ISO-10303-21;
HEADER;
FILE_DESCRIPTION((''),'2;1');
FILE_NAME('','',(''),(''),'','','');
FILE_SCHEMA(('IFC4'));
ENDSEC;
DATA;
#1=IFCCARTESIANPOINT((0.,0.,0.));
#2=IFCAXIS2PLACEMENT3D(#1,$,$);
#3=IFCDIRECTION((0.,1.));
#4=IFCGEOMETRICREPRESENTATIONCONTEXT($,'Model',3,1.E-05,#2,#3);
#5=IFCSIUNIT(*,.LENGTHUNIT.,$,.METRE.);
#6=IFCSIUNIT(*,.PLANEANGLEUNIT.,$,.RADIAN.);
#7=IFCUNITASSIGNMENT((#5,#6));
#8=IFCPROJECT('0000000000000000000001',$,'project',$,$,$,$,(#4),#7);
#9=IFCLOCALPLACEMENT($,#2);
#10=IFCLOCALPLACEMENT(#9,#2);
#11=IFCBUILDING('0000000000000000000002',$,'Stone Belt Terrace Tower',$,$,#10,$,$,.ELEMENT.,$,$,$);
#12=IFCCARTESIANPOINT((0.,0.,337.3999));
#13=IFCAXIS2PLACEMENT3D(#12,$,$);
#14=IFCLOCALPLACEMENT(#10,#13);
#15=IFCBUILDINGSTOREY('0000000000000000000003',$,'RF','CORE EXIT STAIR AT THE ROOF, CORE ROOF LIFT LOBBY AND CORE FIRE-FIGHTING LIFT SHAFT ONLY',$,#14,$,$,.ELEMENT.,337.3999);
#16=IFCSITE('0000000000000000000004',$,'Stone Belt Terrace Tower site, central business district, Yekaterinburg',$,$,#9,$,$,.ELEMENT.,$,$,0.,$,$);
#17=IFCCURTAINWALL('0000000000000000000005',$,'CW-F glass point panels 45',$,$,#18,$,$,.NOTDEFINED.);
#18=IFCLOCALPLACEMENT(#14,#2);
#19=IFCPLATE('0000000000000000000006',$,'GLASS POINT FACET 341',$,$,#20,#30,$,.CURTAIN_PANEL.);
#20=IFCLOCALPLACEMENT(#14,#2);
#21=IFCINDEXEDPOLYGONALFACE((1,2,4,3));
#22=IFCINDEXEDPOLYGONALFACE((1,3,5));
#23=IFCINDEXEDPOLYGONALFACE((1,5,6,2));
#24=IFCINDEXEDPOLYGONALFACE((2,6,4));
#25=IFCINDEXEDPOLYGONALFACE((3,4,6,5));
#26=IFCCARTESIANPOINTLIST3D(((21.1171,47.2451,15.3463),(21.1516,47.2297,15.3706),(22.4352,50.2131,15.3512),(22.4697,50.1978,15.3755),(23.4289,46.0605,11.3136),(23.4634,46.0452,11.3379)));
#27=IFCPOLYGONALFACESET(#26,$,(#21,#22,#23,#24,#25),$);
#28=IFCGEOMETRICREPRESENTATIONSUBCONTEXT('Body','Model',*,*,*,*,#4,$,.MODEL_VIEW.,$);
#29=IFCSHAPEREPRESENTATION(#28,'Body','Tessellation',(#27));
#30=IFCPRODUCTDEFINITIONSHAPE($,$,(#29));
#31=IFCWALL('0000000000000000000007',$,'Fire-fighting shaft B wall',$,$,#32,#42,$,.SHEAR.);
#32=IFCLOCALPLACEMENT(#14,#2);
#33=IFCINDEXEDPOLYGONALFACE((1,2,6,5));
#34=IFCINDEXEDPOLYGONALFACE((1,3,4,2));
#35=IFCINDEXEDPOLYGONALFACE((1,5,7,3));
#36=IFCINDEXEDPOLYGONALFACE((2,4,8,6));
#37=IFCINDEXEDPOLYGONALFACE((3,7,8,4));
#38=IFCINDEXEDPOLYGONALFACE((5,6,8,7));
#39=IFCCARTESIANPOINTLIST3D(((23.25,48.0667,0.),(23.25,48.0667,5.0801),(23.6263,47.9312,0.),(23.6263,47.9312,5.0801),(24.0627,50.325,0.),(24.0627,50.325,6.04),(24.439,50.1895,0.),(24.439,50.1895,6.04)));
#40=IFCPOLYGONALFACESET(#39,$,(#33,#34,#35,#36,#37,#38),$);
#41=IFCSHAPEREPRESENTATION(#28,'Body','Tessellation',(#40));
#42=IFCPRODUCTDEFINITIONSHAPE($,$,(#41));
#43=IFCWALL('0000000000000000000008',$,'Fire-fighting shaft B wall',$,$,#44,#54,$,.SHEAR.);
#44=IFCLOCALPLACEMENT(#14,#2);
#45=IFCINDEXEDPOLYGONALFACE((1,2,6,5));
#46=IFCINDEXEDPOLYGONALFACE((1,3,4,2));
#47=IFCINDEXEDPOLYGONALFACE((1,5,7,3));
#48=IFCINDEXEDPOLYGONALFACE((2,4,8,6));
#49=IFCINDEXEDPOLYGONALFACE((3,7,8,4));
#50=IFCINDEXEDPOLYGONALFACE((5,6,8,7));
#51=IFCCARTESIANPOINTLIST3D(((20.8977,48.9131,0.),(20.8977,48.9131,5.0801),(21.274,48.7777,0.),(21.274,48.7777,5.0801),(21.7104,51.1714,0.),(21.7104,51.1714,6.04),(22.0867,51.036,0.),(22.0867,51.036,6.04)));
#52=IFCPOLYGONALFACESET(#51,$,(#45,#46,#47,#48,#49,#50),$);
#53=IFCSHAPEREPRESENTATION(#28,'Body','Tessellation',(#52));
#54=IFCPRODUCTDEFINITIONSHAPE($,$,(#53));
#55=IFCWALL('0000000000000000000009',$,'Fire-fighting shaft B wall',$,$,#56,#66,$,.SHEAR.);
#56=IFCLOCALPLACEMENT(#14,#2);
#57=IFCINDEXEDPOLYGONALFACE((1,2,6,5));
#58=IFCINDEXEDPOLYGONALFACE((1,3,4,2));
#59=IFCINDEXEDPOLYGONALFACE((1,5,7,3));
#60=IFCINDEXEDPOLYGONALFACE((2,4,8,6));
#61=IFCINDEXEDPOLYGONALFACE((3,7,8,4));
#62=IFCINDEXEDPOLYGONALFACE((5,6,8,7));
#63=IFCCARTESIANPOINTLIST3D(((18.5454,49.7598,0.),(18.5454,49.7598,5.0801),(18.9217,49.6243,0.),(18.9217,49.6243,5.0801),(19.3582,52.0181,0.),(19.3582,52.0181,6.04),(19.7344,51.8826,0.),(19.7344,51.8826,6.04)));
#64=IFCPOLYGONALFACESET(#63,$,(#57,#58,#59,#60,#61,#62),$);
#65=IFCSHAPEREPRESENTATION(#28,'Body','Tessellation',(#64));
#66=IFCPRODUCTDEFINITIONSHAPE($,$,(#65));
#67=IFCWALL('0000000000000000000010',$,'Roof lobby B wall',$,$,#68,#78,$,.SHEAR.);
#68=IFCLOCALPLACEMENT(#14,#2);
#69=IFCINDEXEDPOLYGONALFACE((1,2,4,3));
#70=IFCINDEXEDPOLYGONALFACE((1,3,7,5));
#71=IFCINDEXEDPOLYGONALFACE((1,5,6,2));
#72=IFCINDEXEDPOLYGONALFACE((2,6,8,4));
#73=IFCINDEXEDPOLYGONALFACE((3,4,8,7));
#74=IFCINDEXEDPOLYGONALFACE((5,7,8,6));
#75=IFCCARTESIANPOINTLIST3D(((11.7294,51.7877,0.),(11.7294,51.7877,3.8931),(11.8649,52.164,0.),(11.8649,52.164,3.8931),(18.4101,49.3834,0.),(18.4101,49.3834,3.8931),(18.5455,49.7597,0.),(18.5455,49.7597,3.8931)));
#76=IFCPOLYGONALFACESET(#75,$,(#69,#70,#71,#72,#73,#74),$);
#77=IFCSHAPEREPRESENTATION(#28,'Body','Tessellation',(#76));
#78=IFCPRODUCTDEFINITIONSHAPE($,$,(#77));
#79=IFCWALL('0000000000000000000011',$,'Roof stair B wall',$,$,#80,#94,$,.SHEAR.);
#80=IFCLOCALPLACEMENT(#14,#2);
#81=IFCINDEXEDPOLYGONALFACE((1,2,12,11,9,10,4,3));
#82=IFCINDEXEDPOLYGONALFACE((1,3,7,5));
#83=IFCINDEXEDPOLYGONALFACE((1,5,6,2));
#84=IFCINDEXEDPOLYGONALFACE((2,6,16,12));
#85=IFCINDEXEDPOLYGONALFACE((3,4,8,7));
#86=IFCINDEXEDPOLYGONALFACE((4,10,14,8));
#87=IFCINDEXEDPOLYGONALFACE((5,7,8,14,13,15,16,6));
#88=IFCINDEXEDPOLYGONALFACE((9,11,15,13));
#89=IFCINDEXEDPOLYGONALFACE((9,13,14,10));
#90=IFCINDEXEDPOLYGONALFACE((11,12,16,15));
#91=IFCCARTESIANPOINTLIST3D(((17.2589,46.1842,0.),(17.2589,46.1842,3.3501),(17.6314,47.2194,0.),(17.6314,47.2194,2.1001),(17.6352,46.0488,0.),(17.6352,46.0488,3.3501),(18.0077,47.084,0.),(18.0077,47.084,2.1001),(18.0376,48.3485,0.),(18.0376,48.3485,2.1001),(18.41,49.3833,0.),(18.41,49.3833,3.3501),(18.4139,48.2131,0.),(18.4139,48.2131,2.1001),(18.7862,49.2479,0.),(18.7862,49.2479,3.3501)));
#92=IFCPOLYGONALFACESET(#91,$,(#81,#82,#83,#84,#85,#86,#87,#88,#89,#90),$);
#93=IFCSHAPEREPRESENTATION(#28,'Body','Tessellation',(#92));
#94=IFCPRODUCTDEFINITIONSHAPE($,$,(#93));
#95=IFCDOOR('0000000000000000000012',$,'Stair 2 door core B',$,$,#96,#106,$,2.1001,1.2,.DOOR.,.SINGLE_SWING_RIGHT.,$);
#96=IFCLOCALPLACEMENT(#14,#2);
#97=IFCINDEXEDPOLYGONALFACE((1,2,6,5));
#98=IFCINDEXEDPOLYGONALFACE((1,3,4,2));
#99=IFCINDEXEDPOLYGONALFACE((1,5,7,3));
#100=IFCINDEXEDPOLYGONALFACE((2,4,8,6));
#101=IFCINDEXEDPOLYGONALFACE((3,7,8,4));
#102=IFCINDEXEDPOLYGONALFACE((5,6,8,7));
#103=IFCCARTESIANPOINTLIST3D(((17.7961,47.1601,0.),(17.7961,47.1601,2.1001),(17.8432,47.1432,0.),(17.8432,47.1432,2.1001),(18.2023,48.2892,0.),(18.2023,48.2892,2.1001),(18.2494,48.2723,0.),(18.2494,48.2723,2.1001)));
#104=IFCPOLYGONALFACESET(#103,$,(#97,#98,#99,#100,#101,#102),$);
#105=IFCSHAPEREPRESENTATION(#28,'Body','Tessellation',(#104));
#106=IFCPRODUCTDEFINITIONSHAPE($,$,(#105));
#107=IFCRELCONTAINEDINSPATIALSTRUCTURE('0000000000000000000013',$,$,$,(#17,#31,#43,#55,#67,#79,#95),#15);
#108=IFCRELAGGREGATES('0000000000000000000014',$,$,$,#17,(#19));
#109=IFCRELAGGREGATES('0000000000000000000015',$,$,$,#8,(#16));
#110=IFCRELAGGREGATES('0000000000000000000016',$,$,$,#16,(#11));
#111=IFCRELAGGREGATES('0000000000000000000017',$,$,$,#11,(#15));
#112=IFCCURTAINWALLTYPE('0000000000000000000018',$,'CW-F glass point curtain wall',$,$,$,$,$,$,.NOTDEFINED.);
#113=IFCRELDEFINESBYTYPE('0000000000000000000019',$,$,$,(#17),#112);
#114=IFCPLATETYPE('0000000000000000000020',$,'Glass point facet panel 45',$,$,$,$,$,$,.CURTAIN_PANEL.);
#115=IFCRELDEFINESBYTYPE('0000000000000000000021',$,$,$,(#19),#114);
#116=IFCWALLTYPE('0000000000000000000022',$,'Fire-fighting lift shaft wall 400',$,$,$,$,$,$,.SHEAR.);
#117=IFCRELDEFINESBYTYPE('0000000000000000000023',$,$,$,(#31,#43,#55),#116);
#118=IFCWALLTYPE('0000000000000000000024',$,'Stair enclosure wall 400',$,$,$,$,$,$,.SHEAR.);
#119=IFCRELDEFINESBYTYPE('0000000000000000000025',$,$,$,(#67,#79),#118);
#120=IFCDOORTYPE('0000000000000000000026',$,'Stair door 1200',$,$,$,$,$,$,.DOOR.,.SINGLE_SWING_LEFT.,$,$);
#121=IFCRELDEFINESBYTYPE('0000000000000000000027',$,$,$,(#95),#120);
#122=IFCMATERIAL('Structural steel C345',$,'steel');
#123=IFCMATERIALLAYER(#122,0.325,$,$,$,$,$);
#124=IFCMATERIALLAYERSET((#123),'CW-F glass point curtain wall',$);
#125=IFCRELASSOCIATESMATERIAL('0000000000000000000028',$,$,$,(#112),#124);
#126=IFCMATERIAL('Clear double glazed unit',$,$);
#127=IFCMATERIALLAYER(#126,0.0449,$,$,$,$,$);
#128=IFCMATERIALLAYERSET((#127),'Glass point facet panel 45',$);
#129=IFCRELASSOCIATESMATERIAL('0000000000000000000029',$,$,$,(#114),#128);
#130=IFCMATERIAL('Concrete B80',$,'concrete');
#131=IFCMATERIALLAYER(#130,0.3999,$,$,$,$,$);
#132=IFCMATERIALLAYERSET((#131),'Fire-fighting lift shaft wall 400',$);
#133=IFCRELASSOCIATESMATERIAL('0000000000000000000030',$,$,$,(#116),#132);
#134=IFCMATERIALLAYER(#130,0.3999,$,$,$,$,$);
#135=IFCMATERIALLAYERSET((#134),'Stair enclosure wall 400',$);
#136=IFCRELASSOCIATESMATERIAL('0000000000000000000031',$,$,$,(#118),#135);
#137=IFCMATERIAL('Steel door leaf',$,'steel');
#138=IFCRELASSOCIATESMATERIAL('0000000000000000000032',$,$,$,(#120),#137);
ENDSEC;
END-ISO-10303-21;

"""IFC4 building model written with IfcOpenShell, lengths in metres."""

from ifc_helpers import new_model, si_unit, direction, frame, frame_2d, origin, place, context, subcontext, project, spatial, polyline, rectangle, outline, extrude, material, layer, layer_set, type_object, element, fill, aggregate, save


model = new_model("IFC4")

# Units and contexts
model_context = context("Model", 3, precision=1e-05, world=origin(), true_north=direction((0.0, 1.0)))
body_context = subcontext(model_context, "Body", "Model", "MODEL_VIEW")
ifc_project = project(units=[si_unit("LENGTHUNIT", "METRE"), si_unit("PLANEANGLEUNIT", "RADIAN")], contexts=[model_context])

# Site, building, storey
site_placement = place(None, origin())
site = spatial("IfcSite", under=ifc_project, at=site_placement, Name="Stone Belt Terrace Tower site, central business district, Yekaterinburg", CompositionType="ELEMENT", RefElevation=0.0)
building_placement = place(site_placement, origin())
building = spatial("IfcBuilding", under=site, at=building_placement, Name="Stone Belt Terrace Tower", CompositionType="ELEMENT")
storey_placement = place(building_placement, frame((0.0, 0.0, 337.3999)))
storey = spatial("IfcBuildingStorey", under=building, at=storey_placement, Name="RF", Description="CORE EXIT STAIR AT THE ROOF, CORE ROOF LIFT LOBBY AND CORE FIRE-FIGHTING LIFT SHAFT ONLY", CompositionType="ELEMENT", Elevation=337.3999)

# Shared definitions
ifc_material_1 = material(Name="Structural steel C345", Category="steel")

# Curtain wall
ifc_layer_1 = layer(ifc_material_1, 0.325)
ifc_layer_set_1 = layer_set([ifc_layer_1], Name="CW-F glass point curtain wall")
curtain_wall_type = type_object("IfcCurtainWallType", Name="CW-F glass point curtain wall", PredefinedType="NOTDEFINED", material=ifc_layer_set_1)
ifc_material_2 = material(Name="Clear double glazed unit")
ifc_layer_2 = layer(ifc_material_2, 0.0449)
ifc_layer_set_2 = layer_set([ifc_layer_2], Name="Glass point facet panel 45")
plate_type = type_object("IfcPlateType", Name="Glass point facet panel 45", PredefinedType="CURTAIN_PANEL", material=ifc_layer_set_2)
curtain_wall_1_placement = place(storey_placement, origin())
curtain_wall_1 = element("IfcCurtainWall", 1, at=curtain_wall_1_placement, inside=storey, type_object=curtain_wall_type, Name="CW-F glass point panels 45", PredefinedType="NOTDEFINED")

# Plate
plate_1_placement = place(storey_placement, frame((22.4697, 50.1978, 15.3755), z_axis=(0.768336, -0.342113, 0.540943), x_axis=(0.169088, -0.70664, -0.687073)))
plate_1 = element("IfcPlate", 2, at=plate_1_placement, type_object=plate_type, Name="GLASS POINT FACET 341", PredefinedType="CURTAIN_PANEL", context=body_context, shape_type="SweptSolid", body=[
    extrude(outline(polyline([(0.0, 0.0), (5.8765, 0.0), (1.8778, -2.6496), (0.0, 0.0)])), origin(), (0.0, 0.0, -1.0), 0.0449),
])
aggregate(curtain_wall_1, [plate_1])

# Walls
ifc_material_3 = material(Name="Concrete B80", Category="concrete")
ifc_layer_3 = layer(ifc_material_3, 0.3999)
ifc_layer_set_3 = layer_set([ifc_layer_3], Name="Fire-fighting lift shaft wall 400")
wall_type_1 = type_object("IfcWallType", Name="Fire-fighting lift shaft wall 400", PredefinedType="SHEAR", material=ifc_layer_set_3)
for number, where, z_axis, x_axis, name in (
    (3, (23.25, 48.0667, 5.0801), (-0.94092, 0.338629, 0.0), (0.314413, 0.873632, 0.371364), "Fire-fighting shaft B wall"),
    (4, (20.8977, 48.9131, 5.0801), (-0.94092, 0.338629, 0.0), (0.314413, 0.873632, 0.371364), "Fire-fighting shaft B wall"),
    (5, (18.5454, 49.7598, 5.0801), (-0.94092, 0.338629, 0.0), (0.314413, 0.873632, 0.371364), "Fire-fighting shaft B wall"),
):
    element("IfcWall", number, at=place(storey_placement, frame(where, z_axis=z_axis, x_axis=x_axis)), inside=storey, type_object=wall_type_1, Name=name, PredefinedType="SHEAR", context=body_context, shape_type="SweptSolid", body=[
        extrude(outline(polyline([(0.0, 0.0), (2.585, 0.0), (0.3419, 5.6081), (-1.8866, 4.7168), (0.0, 0.0)])), origin(), (0.0, 0.0, -1.0), 0.3999),
    ])
ifc_layer_4 = layer(ifc_material_3, 0.3999)
ifc_layer_set_4 = layer_set([ifc_layer_4], Name="Stair enclosure wall 400")
wall_type_2 = type_object("IfcWallType", Name="Stair enclosure wall 400", PredefinedType="SHEAR", material=ifc_layer_set_4)
wall_1_placement = place(storey_placement, frame((18.4778, 49.5715, 0.0), z_axis=(0.0, 0.0, 1.0), x_axis=(-0.940921, 0.338627, 0.0)))
element("IfcWall", 6, at=wall_1_placement, inside=storey, type_object=wall_type_2, Name="Roof lobby B wall", PredefinedType="SHEAR", context=body_context, shape_type="SweptSolid", body=[
    extrude(rectangle(XDim=7.1001, YDim=0.3999, at=frame_2d((3.55, 0.0))), origin(), (0.0, 0.0, 1.0), 3.8931),
])

# Wall, opening, door
wall_2_placement = place(storey_placement, frame((17.447, 46.1165, 0.0), z_axis=(0.0, 0.0, 1.0), x_axis=(0.338564, 0.940943, 0.0)))
wall_2 = element("IfcWall", 7, at=wall_2_placement, inside=storey, type_object=wall_type_2, Name="Roof stair B wall", PredefinedType="SHEAR", context=body_context, shape_type="SweptSolid", body=[
    extrude(rectangle(XDim=3.3999, YDim=0.3999, at=frame_2d((1.7, 0.0))), origin(), (0.0, 0.0, 1.0), 3.3501),
])
opening_placement = place(wall_2_placement, frame((1.1001, 0.0, 0.0)))
opening = element("IfcOpeningElement", 8, at=opening_placement, cuts=wall_2, PredefinedType="OPENING", context=body_context, shape_type="SweptSolid", body=[
    extrude(rectangle(XDim=1.2, YDim=2.1001, at=frame_2d((0.6001, 1.05))), frame((0.0, 0.21, 0.0), z_axis=(0.0, -1.0, 0.0), x_axis=(1.0, 0.0, 0.0)), (0.0, 0.0, 1.0), 0.4199),
])
ifc_material_4 = material(Name="Steel door leaf", Category="steel")
door_type = type_object("IfcDoorType", Name="Stair door 1200", OperationType="SINGLE_SWING_LEFT", PredefinedType="DOOR", material=ifc_material_4)
door_placement = place(opening_placement, origin())
door = element("IfcDoor", 9, at=door_placement, inside=storey, type_object=door_type, Name="Stair 2 door core B", OperationType="SINGLE_SWING_RIGHT", OverallHeight=2.1001, OverallWidth=1.2, PredefinedType="DOOR", context=body_context, shape_type="SweptSolid", body=[
    extrude(rectangle(XDim=1.2, YDim=2.1001, at=frame_2d((0.6001, 1.05))), frame((0.0, 0.0249, 0.0), z_axis=(0.0, -1.0, 0.0), x_axis=(1.0, 0.0, 0.0)), (0.0, 0.0, 1.0), 0.05),
])
fill(opening, door)

save(model, "model.ifc")
